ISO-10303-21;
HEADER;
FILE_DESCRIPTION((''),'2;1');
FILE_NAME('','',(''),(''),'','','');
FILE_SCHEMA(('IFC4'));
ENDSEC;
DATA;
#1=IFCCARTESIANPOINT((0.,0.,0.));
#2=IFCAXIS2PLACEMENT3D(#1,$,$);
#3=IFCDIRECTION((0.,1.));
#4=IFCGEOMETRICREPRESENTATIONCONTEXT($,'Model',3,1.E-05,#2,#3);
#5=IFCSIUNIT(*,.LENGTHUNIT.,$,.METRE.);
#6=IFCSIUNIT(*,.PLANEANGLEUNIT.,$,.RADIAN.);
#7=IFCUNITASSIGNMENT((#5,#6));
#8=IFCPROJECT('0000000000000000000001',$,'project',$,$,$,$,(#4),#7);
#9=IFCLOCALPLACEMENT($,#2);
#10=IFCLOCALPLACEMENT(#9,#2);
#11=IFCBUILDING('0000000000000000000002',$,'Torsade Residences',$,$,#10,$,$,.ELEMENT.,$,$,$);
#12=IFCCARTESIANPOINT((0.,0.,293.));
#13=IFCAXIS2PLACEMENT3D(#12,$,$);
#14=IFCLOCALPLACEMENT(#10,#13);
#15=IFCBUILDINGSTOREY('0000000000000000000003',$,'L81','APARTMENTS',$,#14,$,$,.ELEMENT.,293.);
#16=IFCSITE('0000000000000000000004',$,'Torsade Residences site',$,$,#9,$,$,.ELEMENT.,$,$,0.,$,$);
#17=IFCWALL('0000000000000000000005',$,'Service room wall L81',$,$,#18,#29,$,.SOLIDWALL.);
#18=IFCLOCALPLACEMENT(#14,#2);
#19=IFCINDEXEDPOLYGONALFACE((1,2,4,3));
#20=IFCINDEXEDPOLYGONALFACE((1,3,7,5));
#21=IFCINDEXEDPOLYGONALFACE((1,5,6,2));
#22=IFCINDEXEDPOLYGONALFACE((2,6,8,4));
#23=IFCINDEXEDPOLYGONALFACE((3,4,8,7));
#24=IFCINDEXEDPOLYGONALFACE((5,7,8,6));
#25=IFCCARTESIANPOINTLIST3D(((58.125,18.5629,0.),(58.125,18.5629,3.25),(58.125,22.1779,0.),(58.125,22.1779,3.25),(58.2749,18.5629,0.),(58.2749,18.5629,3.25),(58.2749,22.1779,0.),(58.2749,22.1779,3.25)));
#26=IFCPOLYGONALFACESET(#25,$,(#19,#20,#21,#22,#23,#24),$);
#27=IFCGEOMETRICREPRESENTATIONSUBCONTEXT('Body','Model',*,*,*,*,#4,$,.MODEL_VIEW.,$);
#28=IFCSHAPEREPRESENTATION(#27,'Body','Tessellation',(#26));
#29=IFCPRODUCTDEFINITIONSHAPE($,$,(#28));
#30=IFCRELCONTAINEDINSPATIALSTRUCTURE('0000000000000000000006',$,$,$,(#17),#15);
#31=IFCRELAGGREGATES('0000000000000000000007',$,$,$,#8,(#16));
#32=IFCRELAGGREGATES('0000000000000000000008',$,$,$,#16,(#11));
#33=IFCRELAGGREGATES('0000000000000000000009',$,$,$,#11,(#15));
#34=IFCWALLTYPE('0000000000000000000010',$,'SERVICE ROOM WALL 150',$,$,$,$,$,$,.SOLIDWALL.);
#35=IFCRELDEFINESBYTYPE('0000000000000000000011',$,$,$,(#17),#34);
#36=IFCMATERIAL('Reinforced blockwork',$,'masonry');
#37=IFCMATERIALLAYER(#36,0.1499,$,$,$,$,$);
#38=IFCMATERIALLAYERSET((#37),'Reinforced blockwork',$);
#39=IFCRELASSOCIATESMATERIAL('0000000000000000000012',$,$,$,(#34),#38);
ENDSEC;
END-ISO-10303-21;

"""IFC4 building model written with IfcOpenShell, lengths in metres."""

from ifc_helpers import new_model, si_unit, direction, frame, frame_2d, origin, place, context, subcontext, project, spatial, rectangle, extrude, material, layer, layer_set, type_object, element, save


model = new_model("IFC4")

# Units and contexts
model_context = context("Model", 3, precision=1e-05, world=origin(), true_north=direction((0.0, 1.0)))
body_context = subcontext(model_context, "Body", "Model", "MODEL_VIEW")
ifc_project = project(units=[si_unit("LENGTHUNIT", "METRE"), si_unit("PLANEANGLEUNIT", "RADIAN")], contexts=[model_context])

# Site, building, storey
site_placement = place(None, origin())
site = spatial("IfcSite", under=ifc_project, at=site_placement, Name="Torsade Residences site", CompositionType="ELEMENT", RefElevation=0.0)
building_placement = place(site_placement, origin())
building = spatial("IfcBuilding", under=site, at=building_placement, Name="Torsade Residences", CompositionType="ELEMENT")
storey_placement = place(building_placement, frame((0.0, 0.0, 293.0)))
storey = spatial("IfcBuildingStorey", under=building, at=storey_placement, Name="L81", Description="APARTMENTS", CompositionType="ELEMENT", Elevation=293.0)

# Shared definitions
ifc_material_1 = material(Name="Reinforced blockwork", Category="masonry")
ifc_layer_1 = layer(ifc_material_1, 0.1499)
ifc_layer_set_1 = layer_set([ifc_layer_1], Name="Reinforced blockwork")
wall_type_1 = type_object("IfcWallType", Name="SERVICE ROOM WALL 150", PredefinedType="SOLIDWALL", material=ifc_layer_set_1)

# Wall
wall_1_placement = place(storey_placement, frame((58.2, 22.178, 0.0), z_axis=(0.0, 0.0, 1.0), x_axis=(0.0, -1.0, 0.0)))
element("IfcWall", 1, at=wall_1_placement, inside=storey, type_object=wall_type_1, Name="Service room wall L81", PredefinedType="SOLIDWALL", context=body_context, shape_type="SweptSolid", body=[
    extrude(rectangle(XDim=3.615, YDim=0.1499, at=frame_2d((1.8076, 0.0))), origin(), (0.0, 0.0, 1.0), 3.25),
])

save(model, "model.ifc")
